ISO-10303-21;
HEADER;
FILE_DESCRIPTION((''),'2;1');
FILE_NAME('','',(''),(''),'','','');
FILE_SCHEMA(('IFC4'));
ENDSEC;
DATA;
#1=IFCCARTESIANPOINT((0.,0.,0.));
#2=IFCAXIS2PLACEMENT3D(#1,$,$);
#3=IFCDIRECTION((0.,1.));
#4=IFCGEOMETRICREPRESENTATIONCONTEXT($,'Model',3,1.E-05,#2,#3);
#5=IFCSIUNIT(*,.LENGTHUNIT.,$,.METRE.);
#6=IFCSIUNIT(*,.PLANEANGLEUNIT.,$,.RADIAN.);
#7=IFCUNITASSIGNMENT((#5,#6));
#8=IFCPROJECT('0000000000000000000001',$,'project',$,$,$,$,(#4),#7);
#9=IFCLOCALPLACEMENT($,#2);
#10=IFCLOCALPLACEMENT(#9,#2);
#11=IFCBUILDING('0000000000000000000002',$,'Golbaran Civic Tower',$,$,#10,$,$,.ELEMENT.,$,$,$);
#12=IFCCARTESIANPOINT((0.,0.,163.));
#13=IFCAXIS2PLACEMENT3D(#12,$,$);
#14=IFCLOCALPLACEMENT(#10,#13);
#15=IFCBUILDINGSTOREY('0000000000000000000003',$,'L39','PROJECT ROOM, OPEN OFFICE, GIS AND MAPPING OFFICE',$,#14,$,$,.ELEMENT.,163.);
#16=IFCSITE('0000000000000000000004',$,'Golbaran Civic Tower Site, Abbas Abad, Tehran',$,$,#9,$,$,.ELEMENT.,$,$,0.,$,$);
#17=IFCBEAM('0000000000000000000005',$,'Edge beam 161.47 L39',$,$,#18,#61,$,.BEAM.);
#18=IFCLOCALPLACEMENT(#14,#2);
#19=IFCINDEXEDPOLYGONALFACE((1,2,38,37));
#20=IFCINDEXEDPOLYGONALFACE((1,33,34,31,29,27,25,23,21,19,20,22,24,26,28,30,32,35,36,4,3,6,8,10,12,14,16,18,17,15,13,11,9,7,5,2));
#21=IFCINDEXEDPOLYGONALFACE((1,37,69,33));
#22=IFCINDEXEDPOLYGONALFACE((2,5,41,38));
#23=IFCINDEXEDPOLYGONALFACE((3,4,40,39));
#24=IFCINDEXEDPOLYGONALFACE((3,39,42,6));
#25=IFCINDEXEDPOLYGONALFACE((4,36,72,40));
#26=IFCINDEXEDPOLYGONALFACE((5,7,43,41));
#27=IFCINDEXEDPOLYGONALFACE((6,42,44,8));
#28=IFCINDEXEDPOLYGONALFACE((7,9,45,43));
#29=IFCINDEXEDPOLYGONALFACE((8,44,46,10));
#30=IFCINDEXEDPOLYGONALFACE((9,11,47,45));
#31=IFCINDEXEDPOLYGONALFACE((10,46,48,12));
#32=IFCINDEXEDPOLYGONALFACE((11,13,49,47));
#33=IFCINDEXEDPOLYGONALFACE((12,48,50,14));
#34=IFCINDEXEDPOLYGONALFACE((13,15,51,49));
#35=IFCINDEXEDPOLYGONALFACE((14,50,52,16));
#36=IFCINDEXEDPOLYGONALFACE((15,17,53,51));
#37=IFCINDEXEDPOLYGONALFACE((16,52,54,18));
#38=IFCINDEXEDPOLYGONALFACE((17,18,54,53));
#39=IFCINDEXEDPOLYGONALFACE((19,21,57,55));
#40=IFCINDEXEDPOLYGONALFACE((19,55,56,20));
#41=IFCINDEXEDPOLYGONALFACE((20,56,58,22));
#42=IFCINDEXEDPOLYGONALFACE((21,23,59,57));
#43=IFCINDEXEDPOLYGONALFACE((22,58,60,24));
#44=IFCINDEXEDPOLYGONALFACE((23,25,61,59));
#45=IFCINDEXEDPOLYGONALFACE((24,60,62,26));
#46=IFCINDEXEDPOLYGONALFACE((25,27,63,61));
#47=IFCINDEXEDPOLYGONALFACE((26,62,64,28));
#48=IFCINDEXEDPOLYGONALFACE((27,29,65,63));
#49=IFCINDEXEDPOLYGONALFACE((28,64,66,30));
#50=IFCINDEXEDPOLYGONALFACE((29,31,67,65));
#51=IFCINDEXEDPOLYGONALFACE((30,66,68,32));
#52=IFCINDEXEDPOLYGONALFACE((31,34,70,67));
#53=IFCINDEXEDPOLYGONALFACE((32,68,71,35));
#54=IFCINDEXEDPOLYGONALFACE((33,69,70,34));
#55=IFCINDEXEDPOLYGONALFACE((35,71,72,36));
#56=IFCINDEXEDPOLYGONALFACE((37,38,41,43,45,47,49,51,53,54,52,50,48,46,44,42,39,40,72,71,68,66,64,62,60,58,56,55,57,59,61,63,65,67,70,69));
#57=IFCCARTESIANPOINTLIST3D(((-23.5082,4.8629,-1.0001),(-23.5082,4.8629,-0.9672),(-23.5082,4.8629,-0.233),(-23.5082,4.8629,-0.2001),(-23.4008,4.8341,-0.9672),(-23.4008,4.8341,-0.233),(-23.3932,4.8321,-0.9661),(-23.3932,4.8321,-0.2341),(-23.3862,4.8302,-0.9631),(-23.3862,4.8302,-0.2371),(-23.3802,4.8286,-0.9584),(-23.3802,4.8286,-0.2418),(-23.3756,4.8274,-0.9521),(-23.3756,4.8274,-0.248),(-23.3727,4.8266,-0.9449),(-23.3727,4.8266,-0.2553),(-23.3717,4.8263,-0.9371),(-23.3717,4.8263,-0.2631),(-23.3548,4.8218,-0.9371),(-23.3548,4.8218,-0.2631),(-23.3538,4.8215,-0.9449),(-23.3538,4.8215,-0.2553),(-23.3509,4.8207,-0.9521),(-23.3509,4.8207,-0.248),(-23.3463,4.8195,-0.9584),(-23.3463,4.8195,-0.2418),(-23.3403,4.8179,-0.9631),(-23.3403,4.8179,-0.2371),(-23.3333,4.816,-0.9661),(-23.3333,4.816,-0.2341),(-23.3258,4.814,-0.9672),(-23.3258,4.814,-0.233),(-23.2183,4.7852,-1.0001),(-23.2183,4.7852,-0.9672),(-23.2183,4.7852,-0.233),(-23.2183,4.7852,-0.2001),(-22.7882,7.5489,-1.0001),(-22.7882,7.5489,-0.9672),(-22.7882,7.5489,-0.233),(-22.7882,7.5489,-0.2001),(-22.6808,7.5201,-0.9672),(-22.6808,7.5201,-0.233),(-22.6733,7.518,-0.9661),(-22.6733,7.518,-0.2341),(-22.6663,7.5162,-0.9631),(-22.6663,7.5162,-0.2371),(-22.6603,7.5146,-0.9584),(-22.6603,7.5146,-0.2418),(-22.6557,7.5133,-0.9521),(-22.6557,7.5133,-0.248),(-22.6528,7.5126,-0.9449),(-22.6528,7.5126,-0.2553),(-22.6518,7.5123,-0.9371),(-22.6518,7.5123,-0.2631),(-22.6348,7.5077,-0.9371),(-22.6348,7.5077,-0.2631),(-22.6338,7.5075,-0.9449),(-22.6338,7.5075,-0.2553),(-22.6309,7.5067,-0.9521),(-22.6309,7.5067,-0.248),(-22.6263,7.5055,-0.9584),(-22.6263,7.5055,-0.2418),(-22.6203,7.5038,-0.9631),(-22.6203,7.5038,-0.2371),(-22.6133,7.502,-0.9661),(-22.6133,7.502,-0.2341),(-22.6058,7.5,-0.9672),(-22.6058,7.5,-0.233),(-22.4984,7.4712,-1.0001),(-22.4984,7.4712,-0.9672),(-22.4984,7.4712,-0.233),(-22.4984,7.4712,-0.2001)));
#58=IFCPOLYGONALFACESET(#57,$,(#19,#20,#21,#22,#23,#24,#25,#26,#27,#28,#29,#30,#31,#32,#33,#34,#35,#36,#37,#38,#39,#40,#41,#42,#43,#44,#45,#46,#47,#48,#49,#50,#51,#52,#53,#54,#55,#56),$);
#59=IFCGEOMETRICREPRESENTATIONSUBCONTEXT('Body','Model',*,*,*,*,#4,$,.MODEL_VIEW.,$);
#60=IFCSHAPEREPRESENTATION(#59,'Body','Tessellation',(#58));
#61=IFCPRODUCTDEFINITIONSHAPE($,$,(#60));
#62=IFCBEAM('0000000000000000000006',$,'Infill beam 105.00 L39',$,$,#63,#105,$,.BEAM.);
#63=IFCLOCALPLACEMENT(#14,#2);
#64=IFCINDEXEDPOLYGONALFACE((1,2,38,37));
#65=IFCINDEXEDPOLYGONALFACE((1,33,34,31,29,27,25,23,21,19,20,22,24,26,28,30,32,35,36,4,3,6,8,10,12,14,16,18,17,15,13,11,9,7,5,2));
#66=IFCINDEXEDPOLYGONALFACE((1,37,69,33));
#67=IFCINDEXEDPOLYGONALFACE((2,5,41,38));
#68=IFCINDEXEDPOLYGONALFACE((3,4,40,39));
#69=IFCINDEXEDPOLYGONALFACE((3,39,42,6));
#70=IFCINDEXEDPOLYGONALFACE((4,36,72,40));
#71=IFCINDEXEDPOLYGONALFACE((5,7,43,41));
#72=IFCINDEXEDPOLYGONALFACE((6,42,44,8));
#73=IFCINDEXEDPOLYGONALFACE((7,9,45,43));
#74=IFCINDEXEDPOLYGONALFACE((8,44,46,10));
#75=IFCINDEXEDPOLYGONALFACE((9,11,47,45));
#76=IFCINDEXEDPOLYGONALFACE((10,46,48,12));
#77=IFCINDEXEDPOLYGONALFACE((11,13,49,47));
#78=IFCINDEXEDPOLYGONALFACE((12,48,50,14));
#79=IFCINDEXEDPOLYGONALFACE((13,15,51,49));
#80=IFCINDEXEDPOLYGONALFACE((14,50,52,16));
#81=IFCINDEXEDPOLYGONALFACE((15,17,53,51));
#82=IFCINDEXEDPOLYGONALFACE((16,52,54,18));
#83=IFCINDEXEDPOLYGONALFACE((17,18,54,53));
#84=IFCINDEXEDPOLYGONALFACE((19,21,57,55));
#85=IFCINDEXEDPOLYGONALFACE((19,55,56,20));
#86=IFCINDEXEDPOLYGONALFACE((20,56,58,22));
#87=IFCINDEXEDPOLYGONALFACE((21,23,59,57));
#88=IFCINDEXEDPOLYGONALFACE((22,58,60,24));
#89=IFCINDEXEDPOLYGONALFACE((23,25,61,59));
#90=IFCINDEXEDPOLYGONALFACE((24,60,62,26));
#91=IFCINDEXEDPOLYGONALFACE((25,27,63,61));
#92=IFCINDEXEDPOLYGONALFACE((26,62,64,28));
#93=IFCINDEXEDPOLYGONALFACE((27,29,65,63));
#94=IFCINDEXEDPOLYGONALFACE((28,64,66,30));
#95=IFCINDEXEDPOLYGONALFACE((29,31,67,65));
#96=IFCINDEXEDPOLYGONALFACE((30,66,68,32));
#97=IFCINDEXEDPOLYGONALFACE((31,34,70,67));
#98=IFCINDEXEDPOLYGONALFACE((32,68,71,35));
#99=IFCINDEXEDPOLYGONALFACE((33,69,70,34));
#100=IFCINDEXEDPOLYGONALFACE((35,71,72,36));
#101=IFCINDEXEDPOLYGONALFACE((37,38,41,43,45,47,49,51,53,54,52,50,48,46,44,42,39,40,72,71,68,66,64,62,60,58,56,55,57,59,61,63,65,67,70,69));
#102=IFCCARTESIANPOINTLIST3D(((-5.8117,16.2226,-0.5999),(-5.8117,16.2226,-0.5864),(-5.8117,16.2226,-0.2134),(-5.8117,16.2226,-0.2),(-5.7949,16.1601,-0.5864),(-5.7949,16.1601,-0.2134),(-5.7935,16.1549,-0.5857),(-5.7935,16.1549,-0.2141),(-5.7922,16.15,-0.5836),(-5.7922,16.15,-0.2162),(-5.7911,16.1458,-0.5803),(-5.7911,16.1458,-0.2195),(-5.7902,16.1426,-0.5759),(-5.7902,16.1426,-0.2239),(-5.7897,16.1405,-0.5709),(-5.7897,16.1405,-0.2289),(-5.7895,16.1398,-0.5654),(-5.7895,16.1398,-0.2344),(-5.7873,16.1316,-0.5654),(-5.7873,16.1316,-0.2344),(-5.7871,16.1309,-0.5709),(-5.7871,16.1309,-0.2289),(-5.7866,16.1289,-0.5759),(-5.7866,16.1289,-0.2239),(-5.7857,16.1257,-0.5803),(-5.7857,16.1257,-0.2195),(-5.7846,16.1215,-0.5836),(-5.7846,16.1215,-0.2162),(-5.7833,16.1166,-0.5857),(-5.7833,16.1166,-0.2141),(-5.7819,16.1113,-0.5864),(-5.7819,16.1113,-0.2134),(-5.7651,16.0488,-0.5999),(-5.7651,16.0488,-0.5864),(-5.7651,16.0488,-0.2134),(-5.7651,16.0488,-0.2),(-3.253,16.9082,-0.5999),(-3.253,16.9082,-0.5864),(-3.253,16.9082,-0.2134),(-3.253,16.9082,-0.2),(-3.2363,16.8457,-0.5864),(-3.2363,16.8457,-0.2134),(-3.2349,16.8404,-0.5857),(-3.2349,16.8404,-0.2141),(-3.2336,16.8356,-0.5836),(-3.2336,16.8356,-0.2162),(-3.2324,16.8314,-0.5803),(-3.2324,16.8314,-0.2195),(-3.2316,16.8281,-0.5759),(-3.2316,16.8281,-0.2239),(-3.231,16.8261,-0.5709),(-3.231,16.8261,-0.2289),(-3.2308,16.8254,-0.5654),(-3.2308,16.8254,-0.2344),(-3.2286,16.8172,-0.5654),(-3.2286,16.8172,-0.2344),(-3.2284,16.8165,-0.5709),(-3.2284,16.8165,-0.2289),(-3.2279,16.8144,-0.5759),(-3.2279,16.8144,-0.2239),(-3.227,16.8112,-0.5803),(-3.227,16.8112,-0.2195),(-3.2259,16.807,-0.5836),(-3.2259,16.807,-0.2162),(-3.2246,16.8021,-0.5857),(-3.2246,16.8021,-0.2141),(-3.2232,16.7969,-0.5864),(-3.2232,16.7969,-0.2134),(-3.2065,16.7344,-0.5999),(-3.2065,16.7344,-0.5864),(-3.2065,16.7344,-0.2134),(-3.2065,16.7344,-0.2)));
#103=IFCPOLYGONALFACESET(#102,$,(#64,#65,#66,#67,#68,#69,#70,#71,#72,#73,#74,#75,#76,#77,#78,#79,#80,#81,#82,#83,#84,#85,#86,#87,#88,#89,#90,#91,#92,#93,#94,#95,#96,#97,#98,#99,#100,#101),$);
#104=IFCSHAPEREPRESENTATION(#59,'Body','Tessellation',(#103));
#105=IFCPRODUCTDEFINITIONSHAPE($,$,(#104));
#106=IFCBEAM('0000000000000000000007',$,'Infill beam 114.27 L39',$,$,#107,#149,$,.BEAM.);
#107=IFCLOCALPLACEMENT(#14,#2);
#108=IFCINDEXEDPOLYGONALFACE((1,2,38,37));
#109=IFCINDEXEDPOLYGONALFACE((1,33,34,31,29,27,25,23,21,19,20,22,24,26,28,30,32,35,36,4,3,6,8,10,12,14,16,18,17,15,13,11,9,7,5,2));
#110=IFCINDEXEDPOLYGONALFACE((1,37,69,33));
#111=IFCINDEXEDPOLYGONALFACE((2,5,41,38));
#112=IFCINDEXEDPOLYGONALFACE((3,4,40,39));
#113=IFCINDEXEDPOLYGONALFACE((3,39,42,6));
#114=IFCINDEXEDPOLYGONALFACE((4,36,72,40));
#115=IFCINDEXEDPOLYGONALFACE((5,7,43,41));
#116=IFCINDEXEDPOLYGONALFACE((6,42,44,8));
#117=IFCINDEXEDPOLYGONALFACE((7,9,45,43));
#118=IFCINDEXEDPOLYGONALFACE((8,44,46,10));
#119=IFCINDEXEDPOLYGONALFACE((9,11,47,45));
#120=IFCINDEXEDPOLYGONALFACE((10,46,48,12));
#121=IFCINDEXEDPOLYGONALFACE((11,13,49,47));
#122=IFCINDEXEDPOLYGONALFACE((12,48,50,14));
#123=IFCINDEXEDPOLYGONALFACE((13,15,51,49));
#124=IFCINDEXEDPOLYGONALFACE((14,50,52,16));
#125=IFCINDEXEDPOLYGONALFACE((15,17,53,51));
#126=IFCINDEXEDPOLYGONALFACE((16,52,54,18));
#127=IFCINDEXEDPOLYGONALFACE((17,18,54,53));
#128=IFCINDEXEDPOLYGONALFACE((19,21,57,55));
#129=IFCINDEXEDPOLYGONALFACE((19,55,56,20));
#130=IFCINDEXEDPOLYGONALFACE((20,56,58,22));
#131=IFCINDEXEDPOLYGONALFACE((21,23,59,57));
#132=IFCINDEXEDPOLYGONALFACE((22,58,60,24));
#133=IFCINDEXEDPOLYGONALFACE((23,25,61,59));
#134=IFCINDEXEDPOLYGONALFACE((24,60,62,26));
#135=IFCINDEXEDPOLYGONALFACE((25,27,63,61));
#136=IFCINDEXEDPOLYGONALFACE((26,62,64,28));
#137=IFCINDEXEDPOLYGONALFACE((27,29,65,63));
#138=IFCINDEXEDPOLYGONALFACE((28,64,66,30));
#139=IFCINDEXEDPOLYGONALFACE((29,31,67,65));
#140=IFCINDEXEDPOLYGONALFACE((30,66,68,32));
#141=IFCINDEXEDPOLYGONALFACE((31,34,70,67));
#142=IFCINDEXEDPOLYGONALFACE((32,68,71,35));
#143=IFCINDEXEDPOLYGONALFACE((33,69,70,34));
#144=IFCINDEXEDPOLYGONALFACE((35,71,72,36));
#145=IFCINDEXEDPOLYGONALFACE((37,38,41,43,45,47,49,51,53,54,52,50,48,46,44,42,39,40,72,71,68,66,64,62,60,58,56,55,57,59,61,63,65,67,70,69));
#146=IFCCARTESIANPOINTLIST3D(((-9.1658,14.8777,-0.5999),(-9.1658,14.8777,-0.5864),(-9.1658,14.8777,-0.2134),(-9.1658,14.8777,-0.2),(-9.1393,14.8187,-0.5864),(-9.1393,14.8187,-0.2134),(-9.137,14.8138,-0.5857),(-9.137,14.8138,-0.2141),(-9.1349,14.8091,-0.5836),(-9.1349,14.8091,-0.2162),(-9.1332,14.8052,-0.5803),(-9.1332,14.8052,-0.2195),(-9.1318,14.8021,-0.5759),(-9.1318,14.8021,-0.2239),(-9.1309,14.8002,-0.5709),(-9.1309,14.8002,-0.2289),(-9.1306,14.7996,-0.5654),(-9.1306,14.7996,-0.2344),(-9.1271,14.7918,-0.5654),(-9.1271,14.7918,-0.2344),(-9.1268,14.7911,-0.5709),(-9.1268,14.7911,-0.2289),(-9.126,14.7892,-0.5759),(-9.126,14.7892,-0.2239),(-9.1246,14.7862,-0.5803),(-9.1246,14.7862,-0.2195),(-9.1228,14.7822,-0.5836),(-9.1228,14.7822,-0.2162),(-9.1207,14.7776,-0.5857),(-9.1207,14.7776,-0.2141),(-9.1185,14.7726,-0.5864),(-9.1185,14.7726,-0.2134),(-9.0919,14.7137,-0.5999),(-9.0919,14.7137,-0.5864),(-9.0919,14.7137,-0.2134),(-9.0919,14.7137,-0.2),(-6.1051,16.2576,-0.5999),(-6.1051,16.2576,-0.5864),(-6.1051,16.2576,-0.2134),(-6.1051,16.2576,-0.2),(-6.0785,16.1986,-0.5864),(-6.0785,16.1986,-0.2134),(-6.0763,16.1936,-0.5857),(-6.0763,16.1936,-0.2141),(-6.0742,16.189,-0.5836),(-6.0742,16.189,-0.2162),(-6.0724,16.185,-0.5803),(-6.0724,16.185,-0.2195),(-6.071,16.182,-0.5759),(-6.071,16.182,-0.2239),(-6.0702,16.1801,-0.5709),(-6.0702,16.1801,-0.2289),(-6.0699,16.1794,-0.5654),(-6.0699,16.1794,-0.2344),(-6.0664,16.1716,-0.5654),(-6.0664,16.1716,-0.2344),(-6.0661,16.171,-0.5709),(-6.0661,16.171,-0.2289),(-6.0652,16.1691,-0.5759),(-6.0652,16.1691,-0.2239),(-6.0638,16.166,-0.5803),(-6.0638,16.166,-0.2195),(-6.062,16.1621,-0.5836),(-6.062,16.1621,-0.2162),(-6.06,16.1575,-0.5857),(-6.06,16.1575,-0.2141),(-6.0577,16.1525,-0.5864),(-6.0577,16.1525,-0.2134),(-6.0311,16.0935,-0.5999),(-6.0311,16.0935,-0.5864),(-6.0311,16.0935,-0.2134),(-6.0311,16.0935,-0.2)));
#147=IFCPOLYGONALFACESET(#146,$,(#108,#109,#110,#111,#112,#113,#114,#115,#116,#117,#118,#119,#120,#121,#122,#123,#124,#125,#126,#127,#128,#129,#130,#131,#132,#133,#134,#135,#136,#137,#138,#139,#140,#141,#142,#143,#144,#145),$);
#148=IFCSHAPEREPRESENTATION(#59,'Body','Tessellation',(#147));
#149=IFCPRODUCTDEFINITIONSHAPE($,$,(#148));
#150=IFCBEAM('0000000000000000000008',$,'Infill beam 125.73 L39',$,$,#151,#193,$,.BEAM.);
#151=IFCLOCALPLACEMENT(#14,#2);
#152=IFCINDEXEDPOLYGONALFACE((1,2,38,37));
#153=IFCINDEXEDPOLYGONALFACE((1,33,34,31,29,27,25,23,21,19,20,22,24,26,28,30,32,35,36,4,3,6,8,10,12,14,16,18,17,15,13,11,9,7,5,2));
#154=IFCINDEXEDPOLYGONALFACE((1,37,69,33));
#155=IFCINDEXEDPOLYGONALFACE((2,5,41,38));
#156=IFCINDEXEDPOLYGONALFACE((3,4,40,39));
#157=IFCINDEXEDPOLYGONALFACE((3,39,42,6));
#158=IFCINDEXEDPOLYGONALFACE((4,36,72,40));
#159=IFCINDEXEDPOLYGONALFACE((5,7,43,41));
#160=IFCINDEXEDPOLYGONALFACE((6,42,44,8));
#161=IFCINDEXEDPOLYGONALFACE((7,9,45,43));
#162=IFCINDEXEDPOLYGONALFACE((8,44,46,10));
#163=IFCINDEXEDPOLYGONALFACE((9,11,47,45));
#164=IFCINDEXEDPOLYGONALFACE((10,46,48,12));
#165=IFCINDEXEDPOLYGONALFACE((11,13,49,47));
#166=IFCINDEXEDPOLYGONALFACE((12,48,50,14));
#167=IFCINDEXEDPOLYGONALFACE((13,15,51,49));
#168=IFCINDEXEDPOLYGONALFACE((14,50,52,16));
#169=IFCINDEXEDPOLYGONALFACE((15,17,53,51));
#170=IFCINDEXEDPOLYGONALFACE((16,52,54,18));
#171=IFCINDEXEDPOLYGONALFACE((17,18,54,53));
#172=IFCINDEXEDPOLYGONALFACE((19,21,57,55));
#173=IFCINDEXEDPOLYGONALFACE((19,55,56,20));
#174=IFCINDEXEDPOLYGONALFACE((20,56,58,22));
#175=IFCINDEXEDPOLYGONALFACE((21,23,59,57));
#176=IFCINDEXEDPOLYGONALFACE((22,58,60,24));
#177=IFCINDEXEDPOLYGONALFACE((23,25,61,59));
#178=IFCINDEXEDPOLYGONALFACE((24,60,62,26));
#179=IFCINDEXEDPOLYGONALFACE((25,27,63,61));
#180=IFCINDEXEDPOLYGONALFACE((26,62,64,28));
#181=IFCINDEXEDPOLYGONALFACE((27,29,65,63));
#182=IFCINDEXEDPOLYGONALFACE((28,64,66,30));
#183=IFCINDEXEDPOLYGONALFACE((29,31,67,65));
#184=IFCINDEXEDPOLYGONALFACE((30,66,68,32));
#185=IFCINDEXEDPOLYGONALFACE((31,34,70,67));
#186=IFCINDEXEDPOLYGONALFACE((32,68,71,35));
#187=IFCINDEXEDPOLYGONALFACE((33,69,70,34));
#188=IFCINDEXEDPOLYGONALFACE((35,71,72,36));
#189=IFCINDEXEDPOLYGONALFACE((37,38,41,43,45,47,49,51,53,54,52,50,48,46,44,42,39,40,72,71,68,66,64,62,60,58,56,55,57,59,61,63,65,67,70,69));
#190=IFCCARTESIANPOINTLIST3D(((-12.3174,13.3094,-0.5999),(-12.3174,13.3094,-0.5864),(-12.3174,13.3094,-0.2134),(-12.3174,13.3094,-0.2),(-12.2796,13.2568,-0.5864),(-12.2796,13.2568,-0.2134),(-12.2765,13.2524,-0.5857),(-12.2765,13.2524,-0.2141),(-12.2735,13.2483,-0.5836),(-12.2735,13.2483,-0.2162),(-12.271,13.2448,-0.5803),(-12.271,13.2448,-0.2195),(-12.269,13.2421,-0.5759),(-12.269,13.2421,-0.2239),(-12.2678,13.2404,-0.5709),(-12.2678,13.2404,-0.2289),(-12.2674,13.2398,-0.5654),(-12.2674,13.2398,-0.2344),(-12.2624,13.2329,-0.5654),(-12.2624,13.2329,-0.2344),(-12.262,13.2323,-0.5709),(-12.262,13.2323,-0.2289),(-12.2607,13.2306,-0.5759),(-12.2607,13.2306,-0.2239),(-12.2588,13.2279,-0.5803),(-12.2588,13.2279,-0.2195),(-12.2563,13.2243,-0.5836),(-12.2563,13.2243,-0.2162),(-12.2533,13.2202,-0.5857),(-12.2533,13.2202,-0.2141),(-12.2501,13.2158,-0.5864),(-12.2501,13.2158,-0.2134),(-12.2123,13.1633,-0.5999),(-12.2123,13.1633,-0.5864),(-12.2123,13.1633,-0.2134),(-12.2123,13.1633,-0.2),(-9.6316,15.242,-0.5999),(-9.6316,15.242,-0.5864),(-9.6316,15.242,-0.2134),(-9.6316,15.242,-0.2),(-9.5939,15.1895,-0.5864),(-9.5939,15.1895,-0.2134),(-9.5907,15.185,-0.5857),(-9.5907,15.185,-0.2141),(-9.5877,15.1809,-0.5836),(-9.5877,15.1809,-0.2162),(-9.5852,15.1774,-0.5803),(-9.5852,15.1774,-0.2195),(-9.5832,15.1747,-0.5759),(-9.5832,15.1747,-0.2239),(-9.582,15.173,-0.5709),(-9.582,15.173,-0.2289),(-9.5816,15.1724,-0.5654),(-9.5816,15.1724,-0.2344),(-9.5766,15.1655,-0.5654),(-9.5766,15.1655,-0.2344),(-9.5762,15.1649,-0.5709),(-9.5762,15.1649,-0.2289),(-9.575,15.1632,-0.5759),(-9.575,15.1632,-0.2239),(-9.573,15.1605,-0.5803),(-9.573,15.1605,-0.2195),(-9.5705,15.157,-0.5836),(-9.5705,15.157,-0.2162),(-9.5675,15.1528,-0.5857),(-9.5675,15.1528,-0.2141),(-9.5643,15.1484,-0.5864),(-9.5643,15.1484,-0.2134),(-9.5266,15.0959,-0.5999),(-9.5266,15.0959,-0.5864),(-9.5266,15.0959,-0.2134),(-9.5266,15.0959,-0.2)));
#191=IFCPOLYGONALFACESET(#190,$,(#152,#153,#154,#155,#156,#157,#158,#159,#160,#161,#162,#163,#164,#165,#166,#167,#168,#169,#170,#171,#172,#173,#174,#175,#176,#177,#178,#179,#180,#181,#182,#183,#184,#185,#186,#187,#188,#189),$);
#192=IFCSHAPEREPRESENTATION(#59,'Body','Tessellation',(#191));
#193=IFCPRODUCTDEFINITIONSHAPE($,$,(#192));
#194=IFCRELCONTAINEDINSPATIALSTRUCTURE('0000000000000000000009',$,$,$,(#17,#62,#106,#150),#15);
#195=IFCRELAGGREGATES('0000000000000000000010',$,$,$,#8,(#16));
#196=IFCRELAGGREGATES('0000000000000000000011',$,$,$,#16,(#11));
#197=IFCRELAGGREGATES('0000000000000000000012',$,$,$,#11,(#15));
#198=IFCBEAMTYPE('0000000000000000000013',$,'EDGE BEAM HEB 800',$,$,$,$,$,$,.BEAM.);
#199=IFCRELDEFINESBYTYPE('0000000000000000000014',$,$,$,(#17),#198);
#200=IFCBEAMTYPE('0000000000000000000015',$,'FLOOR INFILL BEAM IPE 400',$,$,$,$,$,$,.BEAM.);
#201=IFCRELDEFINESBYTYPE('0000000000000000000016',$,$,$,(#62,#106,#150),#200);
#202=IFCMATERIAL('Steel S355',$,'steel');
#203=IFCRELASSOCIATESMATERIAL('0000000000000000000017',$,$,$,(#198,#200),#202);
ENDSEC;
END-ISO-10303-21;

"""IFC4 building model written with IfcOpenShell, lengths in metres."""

from ifc_helpers import new_model, si_unit, direction, frame, origin, origin_2d, place, context, subcontext, project, spatial, i_section, extrude, material, material_profile, profile_set, type_object, element, save


model = new_model("IFC4")

# Units and contexts
model_context = context("Model", 3, precision=1e-05, world=origin(), true_north=direction((0.0, 1.0)))
body_context = subcontext(model_context, "Body", "Model", "MODEL_VIEW")
ifc_project = project(units=[si_unit("LENGTHUNIT", "METRE"), si_unit("PLANEANGLEUNIT", "RADIAN")], contexts=[model_context])

# Site, building, storey
site_placement = place(None, origin())
site = spatial("IfcSite", under=ifc_project, at=site_placement, Name="Golbaran Civic Tower Site, Abbas Abad, Tehran", CompositionType="ELEMENT", RefElevation=0.0)
building_placement = place(site_placement, origin())
building = spatial("IfcBuilding", under=site, at=building_placement, Name="Golbaran Civic Tower", CompositionType="ELEMENT")
storey_placement = place(building_placement, frame((0.0, 0.0, 163.0)))
storey = spatial("IfcBuildingStorey", under=building, at=storey_placement, Name="L39", Description="PROJECT ROOM, OPEN OFFICE, GIS AND MAPPING OFFICE", CompositionType="ELEMENT", Elevation=163.0)

# Beams
ifc_material_1 = material(Name="Steel S355", Category="steel")
ifc_material_profile_1 = material_profile(ifc_material_1, i_section(OverallWidth=0.3, OverallDepth=0.8, WebThickness=0.0176, FlangeThickness=0.033, FilletRadius=0.03, at=origin_2d()), Name="HEB 800")
ifc_profile_set_1 = profile_set([ifc_material_profile_1], Name="Steel S355")
beam_type_1 = type_object("IfcBeamType", Name="EDGE BEAM HEB 800", PredefinedType="BEAM", material=ifc_profile_set_1)
beam_1_placement = place(storey_placement, frame((-22.6433, 7.51, -0.6001), z_axis=(-0.258903, -0.965903, 0.0), x_axis=(0.965903, -0.258903, 0.0)))
element("IfcBeam", 1, at=beam_1_placement, inside=storey, type_object=beam_type_1, Name="Edge beam 161.47 L39", PredefinedType="BEAM", context=body_context, shape_type="SweptSolid", body=[
    extrude(i_section(OverallWidth=0.3, OverallDepth=0.8, WebThickness=0.0176, FlangeThickness=0.033, FilletRadius=0.03, at=origin_2d()), origin(), (0.0, 0.0, 1.0), 2.7808),
])
ifc_material_profile_2 = material_profile(ifc_material_1, i_section(OverallWidth=0.1799, OverallDepth=0.3999, WebThickness=0.0085, FlangeThickness=0.0134, FilletRadius=0.021, at=origin_2d()), Name="IPE 400")
ifc_profile_set_2 = profile_set([ifc_material_profile_2], Name="Steel S355")
beam_type_2 = type_object("IfcBeamType", Name="FLOOR INFILL BEAM IPE 400", PredefinedType="BEAM", material=ifc_profile_set_2)
beam_2_placement = place(storey_placement, frame((-3.2297, 16.8213, -0.3999), z_axis=(-0.965928, -0.25881, 0.0), x_axis=(0.25881, -0.965928, 0.0)))
element("IfcBeam", 2, at=beam_2_placement, inside=storey, type_object=beam_type_2, Name="Infill beam 105.00 L39", PredefinedType="BEAM", context=body_context, shape_type="SweptSolid", body=[
    extrude(i_section(OverallWidth=0.1799, OverallDepth=0.3999, WebThickness=0.0085, FlangeThickness=0.0134, FilletRadius=0.021, at=origin_2d()), origin(), (0.0, 0.0, 1.0), 2.6489),
])
beam_3_placement = place(storey_placement, frame((-6.0681, 16.1755, -0.3999), z_axis=(-0.91164, -0.41099, 0.0), x_axis=(0.41099, -0.91164, 0.0)))
element("IfcBeam", 3, at=beam_3_placement, inside=storey, type_object=beam_type_2, Name="Infill beam 114.27 L39", PredefinedType="BEAM", context=body_context, shape_type="SweptSolid", body=[
    extrude(i_section(OverallWidth=0.1799, OverallDepth=0.3999, WebThickness=0.0085, FlangeThickness=0.0134, FilletRadius=0.021, at=origin_2d()), origin(), (0.0, 0.0, 1.0), 3.3574),
])
beam_4_placement = place(storey_placement, frame((-9.5791, 15.1689, -0.3999), z_axis=(-0.811699, -0.584075, 0.0), x_axis=(0.584075, -0.811699, 0.0)))
element("IfcBeam", 4, at=beam_4_placement, inside=storey, type_object=beam_type_2, Name="Infill beam 125.73 L39", PredefinedType="BEAM", context=body_context, shape_type="SweptSolid", body=[
    extrude(i_section(OverallWidth=0.1799, OverallDepth=0.3999, WebThickness=0.0085, FlangeThickness=0.0134, FilletRadius=0.021, at=origin_2d()), origin(), (0.0, 0.0, 1.0), 3.3088),
])

save(model, "model.ifc")
